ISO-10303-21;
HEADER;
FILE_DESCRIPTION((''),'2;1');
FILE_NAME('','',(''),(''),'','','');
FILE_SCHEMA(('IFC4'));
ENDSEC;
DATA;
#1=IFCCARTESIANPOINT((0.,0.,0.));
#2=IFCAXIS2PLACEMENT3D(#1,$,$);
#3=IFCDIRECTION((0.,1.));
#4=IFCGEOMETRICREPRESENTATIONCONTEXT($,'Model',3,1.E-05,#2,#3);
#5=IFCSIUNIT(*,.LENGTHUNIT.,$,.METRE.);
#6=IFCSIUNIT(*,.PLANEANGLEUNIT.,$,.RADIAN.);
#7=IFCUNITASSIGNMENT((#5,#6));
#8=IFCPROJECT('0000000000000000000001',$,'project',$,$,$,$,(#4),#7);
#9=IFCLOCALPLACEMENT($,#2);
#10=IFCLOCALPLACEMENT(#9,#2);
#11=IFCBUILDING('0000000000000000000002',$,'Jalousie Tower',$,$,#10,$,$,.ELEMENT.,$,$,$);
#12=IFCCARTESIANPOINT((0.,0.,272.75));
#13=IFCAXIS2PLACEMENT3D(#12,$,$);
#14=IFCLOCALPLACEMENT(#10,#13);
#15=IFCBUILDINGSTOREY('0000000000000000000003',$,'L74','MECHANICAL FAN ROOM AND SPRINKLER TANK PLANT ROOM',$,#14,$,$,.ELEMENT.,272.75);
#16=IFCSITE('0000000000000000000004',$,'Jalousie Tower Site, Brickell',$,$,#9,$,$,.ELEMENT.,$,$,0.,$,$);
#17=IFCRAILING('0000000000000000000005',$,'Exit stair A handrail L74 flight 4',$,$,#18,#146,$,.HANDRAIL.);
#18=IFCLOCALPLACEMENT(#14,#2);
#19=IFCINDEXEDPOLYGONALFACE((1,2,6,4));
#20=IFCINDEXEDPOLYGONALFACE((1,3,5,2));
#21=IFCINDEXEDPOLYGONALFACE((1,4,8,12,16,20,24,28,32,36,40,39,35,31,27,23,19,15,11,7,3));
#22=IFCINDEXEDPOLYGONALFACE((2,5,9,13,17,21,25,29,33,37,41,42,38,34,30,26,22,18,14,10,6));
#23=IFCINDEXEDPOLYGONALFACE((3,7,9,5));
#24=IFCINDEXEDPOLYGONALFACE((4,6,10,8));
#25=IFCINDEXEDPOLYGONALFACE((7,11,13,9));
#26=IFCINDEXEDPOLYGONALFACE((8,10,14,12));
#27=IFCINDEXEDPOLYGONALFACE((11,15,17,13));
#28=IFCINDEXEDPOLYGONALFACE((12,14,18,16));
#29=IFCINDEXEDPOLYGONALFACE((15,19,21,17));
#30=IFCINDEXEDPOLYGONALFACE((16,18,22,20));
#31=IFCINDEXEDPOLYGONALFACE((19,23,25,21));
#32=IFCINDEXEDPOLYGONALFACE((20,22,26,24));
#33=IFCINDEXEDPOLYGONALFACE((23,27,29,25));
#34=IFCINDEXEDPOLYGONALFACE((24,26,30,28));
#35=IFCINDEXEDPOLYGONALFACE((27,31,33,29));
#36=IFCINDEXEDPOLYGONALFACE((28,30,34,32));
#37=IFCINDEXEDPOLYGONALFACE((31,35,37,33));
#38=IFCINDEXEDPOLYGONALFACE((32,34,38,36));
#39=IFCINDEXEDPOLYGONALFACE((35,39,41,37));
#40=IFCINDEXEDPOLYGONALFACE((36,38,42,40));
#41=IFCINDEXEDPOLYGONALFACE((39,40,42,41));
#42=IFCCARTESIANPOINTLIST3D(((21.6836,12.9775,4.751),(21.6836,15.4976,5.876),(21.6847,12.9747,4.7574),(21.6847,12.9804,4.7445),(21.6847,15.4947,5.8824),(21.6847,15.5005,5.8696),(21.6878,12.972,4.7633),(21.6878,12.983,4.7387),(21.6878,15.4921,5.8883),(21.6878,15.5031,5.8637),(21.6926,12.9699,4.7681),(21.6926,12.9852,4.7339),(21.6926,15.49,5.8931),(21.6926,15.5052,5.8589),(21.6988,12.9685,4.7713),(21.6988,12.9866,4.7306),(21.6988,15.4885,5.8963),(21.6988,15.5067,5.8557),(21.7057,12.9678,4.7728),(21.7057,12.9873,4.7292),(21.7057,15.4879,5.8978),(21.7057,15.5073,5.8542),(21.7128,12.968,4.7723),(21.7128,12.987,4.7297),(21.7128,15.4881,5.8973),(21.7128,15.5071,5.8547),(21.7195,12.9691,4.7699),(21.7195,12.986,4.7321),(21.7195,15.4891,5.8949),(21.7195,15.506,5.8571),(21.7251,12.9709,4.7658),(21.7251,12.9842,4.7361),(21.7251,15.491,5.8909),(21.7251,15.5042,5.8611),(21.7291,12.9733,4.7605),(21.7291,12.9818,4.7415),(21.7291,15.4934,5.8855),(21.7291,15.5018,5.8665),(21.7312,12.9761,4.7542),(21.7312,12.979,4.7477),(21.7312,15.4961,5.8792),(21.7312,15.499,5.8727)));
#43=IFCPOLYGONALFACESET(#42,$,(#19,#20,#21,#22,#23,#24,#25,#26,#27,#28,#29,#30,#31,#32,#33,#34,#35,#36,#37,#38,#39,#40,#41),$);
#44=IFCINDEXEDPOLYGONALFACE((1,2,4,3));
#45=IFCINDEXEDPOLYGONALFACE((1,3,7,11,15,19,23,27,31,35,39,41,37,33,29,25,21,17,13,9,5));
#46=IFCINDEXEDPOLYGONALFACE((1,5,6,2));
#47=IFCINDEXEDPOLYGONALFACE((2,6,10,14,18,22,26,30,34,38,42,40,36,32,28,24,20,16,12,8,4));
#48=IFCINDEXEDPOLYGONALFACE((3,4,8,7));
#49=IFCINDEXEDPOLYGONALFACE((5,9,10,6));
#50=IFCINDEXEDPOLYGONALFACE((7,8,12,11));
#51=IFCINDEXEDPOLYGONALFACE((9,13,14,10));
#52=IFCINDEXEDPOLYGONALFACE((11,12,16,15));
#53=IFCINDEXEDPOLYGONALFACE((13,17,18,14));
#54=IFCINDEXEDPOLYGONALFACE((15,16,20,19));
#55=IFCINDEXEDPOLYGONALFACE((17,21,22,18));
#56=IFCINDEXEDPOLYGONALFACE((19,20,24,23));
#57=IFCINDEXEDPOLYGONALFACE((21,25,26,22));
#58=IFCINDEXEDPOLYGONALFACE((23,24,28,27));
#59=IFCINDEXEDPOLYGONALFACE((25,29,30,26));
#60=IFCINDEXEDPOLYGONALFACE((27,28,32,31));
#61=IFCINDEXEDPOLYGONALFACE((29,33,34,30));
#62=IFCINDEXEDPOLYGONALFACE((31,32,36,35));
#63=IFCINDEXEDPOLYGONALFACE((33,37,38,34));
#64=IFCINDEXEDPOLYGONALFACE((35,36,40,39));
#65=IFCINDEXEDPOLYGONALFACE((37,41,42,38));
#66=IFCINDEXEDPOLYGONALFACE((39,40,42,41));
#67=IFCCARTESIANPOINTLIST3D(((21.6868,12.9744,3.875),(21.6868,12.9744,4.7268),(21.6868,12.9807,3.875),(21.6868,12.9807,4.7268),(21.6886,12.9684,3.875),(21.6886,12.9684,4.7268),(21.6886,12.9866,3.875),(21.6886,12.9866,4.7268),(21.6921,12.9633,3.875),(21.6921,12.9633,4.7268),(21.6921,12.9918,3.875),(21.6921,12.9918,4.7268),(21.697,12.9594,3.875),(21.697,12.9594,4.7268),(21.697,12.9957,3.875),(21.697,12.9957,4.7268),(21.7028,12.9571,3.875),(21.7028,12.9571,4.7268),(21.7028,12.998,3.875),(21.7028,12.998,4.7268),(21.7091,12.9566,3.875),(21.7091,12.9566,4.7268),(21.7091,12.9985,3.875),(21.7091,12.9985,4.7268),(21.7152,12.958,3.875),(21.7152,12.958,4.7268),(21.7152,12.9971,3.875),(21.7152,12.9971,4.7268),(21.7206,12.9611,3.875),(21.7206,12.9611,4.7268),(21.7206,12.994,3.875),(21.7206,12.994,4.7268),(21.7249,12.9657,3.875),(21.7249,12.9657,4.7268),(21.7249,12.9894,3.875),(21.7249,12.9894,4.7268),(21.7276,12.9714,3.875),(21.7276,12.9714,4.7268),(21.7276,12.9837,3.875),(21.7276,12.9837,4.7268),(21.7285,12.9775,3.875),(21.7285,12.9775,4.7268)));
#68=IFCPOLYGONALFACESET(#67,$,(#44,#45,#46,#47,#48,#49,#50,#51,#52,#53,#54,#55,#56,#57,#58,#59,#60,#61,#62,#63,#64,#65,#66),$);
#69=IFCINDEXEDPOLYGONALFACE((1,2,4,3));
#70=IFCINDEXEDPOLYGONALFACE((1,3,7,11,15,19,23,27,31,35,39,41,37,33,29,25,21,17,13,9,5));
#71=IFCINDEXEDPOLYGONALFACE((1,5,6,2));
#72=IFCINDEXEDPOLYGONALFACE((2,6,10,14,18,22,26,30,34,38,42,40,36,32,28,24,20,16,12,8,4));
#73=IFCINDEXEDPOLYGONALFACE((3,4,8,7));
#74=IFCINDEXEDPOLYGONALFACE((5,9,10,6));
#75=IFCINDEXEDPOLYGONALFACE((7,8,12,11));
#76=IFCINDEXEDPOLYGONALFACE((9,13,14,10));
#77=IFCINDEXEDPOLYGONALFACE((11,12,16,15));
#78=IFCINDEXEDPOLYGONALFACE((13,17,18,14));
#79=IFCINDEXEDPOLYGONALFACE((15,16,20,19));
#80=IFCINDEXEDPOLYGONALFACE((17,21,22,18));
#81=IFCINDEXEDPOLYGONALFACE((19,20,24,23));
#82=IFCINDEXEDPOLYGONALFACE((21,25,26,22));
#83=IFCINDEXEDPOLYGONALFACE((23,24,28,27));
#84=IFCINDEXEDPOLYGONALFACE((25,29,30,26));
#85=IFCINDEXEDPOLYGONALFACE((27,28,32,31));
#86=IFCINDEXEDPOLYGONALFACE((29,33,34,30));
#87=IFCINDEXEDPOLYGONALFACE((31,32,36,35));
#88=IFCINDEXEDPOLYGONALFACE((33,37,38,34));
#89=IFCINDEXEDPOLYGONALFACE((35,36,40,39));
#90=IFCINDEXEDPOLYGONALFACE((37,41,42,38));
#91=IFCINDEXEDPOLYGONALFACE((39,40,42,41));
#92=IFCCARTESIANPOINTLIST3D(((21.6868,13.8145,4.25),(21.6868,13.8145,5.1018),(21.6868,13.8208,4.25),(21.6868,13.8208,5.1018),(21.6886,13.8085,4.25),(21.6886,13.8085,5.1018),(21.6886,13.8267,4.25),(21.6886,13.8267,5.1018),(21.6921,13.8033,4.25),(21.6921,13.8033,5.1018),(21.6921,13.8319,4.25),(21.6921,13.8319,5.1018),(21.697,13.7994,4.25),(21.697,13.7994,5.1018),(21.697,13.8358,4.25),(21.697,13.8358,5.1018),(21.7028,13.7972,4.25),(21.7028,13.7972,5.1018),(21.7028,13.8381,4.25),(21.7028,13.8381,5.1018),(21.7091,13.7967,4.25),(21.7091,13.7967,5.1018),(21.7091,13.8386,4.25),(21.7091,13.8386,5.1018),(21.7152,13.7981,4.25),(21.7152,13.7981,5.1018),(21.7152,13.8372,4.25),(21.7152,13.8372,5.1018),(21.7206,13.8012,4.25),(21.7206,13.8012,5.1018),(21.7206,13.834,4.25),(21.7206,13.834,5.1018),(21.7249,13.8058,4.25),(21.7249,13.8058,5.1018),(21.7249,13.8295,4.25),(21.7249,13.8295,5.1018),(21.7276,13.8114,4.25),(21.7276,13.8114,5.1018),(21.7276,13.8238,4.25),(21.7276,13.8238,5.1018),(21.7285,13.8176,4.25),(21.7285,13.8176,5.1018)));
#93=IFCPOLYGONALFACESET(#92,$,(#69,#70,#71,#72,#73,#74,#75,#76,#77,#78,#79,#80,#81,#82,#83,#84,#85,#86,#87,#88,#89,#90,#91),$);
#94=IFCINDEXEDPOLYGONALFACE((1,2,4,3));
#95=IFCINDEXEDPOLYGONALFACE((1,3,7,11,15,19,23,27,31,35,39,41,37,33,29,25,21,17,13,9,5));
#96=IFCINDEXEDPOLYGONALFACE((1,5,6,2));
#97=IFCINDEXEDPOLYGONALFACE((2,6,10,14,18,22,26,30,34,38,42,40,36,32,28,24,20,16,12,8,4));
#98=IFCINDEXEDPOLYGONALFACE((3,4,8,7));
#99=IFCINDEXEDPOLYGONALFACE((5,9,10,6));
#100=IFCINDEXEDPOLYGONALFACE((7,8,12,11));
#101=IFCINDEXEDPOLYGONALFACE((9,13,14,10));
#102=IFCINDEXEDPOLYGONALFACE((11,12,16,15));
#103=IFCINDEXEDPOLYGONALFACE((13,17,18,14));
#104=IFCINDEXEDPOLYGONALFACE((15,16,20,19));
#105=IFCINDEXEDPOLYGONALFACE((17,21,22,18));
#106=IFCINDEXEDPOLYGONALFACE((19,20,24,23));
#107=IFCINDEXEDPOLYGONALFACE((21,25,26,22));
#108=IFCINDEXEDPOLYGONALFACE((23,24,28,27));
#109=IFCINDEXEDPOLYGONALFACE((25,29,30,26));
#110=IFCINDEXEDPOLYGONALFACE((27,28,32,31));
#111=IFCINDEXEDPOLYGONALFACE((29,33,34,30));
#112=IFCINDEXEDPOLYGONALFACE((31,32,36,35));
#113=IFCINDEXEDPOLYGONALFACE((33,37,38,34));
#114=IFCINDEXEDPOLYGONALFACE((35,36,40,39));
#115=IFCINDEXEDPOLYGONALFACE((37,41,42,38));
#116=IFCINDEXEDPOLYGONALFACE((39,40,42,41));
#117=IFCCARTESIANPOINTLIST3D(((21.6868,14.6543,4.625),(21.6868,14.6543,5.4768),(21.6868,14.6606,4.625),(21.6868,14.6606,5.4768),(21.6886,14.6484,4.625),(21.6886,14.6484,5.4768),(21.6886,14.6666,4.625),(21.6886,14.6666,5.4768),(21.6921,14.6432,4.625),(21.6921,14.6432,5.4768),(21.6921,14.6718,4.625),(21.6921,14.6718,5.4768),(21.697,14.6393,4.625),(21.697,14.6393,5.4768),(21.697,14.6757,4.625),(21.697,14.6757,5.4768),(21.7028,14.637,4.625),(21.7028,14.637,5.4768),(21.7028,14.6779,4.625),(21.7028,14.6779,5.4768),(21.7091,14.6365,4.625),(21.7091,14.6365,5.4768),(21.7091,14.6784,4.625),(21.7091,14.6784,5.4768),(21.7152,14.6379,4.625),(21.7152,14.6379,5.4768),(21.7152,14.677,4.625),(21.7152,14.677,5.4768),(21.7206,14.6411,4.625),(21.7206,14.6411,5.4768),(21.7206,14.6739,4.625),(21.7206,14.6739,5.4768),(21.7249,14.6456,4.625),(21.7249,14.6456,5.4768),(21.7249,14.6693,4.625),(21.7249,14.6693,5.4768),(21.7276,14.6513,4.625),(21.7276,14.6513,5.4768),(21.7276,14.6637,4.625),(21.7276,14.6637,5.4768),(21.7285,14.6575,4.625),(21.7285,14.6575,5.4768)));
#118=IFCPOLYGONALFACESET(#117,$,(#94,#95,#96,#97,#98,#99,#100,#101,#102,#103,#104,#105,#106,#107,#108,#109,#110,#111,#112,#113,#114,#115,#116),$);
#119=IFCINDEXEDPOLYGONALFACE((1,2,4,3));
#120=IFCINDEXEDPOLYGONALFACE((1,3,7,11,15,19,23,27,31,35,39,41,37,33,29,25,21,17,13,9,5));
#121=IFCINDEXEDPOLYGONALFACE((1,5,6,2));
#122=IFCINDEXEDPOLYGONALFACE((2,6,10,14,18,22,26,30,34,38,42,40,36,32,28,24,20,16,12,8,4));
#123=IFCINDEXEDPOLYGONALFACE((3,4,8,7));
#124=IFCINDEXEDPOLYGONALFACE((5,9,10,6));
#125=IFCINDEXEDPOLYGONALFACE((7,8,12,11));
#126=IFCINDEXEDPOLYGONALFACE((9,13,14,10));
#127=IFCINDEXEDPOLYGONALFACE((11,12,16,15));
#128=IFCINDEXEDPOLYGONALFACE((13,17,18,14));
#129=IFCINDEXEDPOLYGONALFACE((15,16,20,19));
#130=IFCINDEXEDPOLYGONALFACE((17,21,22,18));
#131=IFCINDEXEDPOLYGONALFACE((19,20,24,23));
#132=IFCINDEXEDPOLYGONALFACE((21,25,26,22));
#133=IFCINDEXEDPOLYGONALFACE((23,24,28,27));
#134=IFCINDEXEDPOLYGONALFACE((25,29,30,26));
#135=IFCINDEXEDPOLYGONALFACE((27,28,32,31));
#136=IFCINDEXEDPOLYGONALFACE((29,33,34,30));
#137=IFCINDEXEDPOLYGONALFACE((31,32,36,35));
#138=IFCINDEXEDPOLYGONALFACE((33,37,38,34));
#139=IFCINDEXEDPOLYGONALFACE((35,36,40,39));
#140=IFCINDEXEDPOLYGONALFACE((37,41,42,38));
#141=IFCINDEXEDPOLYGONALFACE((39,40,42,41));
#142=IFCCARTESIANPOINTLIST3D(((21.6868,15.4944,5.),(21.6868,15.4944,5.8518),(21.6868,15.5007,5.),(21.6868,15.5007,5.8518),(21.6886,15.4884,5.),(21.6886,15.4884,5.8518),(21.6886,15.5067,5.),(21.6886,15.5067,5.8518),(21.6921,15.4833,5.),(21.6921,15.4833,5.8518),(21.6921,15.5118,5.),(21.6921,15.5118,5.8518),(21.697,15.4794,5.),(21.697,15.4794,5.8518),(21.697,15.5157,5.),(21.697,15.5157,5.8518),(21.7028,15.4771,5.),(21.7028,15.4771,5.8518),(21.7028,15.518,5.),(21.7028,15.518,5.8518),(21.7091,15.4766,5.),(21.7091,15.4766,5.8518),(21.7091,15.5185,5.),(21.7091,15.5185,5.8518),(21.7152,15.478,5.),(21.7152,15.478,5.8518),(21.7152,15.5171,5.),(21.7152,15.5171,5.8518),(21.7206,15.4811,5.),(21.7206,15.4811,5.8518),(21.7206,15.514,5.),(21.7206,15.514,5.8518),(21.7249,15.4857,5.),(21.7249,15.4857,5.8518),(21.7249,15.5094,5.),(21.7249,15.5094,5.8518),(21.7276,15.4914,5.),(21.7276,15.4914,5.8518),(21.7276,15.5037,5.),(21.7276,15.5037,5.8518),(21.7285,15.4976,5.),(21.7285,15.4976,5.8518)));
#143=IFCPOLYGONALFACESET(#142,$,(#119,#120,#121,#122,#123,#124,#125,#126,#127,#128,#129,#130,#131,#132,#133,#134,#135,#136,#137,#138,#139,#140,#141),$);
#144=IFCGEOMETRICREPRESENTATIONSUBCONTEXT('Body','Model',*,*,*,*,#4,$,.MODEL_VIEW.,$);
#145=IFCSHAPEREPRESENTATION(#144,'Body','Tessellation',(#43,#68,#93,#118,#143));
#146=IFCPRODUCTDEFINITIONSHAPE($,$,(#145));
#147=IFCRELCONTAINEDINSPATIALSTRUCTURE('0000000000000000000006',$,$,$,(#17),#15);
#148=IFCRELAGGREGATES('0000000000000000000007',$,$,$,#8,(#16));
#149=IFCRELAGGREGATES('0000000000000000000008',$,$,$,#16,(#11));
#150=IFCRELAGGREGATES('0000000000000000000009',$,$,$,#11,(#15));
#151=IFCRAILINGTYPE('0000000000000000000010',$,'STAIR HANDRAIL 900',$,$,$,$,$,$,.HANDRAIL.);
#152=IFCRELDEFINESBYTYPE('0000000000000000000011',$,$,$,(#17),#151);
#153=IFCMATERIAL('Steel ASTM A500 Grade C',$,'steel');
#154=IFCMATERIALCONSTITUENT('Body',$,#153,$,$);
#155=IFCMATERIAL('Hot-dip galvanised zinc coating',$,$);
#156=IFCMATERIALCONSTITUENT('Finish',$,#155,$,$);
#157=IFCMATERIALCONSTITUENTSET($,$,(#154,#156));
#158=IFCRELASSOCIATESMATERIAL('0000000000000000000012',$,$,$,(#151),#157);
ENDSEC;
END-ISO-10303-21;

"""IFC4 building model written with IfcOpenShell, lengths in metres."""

from ifc_helpers import new_model, si_unit, direction, frame, origin, origin_2d, place, context, subcontext, project, spatial, circle, extrude, material, constituent, constituent_set, type_object, element, save


model = new_model("IFC4")

# Units and contexts
model_context = context("Model", 3, precision=1e-05, world=origin(), true_north=direction((0.0, 1.0)))
body_context = subcontext(model_context, "Body", "Model", "MODEL_VIEW")
ifc_project = project(units=[si_unit("LENGTHUNIT", "METRE"), si_unit("PLANEANGLEUNIT", "RADIAN")], contexts=[model_context])

# Site, building, storey
site_placement = place(None, origin())
site = spatial("IfcSite", under=ifc_project, at=site_placement, Name="Jalousie Tower Site, Brickell", CompositionType="ELEMENT", RefElevation=0.0)
building_placement = place(site_placement, origin())
building = spatial("IfcBuilding", under=site, at=building_placement, Name="Jalousie Tower", CompositionType="ELEMENT")
storey_placement = place(building_placement, frame((0.0, 0.0, 272.75)))
storey = spatial("IfcBuildingStorey", under=building, at=storey_placement, Name="L74", Description="MECHANICAL FAN ROOM AND SPRINKLER TANK PLANT ROOM", CompositionType="ELEMENT", Elevation=272.75)

# Railing
ifc_material_1 = material(Name="Steel ASTM A500 Grade C", Category="steel")
ifc_constituent_1 = constituent(ifc_material_1, Name="Body")
ifc_material_2 = material(Name="Hot-dip galvanised zinc coating")
ifc_constituent_2 = constituent(ifc_material_2, Name="Finish")
ifc_constituent_set_1 = constituent_set(constituents=[ifc_constituent_1, ifc_constituent_2])
railing_type_1 = type_object("IfcRailingType", Name="STAIR HANDRAIL 900", PredefinedType="HANDRAIL", material=ifc_constituent_set_1)
for number, where, name in (
    (1, (21.7075, 12.9775, 3.875), "Exit stair A handrail L74 flight 4"),
):
    element("IfcRailing", number, at=place(storey_placement, frame(where)), inside=storey, type_object=railing_type_1, Name=name, PredefinedType="HANDRAIL", context=body_context, shape_type="SweptSolid", body=[
        extrude(circle(Radius=0.0239, at=origin_2d()), frame((0.0, 0.0, 0.876), z_axis=(0.0, 0.913139, 0.407648), x_axis=(-1.0, 0.0, 0.0)), (0.0, 0.0, 1.0), 2.7598),
        extrude(circle(Radius=0.021, at=origin_2d()), origin(), (0.0, 0.0, 1.0), 0.8518),
        extrude(circle(Radius=0.021, at=origin_2d()), frame((0.0, 0.8401, 0.375)), (0.0, 0.0, 1.0), 0.8518),
        extrude(circle(Radius=0.021, at=origin_2d()), frame((0.0, 1.6799, 0.75)), (0.0, 0.0, 1.0), 0.8518),
        extrude(circle(Radius=0.021, at=origin_2d()), frame((0.0, 2.52, 1.125)), (0.0, 0.0, 1.0), 0.8518),
    ])

save(model, "model.ifc")
